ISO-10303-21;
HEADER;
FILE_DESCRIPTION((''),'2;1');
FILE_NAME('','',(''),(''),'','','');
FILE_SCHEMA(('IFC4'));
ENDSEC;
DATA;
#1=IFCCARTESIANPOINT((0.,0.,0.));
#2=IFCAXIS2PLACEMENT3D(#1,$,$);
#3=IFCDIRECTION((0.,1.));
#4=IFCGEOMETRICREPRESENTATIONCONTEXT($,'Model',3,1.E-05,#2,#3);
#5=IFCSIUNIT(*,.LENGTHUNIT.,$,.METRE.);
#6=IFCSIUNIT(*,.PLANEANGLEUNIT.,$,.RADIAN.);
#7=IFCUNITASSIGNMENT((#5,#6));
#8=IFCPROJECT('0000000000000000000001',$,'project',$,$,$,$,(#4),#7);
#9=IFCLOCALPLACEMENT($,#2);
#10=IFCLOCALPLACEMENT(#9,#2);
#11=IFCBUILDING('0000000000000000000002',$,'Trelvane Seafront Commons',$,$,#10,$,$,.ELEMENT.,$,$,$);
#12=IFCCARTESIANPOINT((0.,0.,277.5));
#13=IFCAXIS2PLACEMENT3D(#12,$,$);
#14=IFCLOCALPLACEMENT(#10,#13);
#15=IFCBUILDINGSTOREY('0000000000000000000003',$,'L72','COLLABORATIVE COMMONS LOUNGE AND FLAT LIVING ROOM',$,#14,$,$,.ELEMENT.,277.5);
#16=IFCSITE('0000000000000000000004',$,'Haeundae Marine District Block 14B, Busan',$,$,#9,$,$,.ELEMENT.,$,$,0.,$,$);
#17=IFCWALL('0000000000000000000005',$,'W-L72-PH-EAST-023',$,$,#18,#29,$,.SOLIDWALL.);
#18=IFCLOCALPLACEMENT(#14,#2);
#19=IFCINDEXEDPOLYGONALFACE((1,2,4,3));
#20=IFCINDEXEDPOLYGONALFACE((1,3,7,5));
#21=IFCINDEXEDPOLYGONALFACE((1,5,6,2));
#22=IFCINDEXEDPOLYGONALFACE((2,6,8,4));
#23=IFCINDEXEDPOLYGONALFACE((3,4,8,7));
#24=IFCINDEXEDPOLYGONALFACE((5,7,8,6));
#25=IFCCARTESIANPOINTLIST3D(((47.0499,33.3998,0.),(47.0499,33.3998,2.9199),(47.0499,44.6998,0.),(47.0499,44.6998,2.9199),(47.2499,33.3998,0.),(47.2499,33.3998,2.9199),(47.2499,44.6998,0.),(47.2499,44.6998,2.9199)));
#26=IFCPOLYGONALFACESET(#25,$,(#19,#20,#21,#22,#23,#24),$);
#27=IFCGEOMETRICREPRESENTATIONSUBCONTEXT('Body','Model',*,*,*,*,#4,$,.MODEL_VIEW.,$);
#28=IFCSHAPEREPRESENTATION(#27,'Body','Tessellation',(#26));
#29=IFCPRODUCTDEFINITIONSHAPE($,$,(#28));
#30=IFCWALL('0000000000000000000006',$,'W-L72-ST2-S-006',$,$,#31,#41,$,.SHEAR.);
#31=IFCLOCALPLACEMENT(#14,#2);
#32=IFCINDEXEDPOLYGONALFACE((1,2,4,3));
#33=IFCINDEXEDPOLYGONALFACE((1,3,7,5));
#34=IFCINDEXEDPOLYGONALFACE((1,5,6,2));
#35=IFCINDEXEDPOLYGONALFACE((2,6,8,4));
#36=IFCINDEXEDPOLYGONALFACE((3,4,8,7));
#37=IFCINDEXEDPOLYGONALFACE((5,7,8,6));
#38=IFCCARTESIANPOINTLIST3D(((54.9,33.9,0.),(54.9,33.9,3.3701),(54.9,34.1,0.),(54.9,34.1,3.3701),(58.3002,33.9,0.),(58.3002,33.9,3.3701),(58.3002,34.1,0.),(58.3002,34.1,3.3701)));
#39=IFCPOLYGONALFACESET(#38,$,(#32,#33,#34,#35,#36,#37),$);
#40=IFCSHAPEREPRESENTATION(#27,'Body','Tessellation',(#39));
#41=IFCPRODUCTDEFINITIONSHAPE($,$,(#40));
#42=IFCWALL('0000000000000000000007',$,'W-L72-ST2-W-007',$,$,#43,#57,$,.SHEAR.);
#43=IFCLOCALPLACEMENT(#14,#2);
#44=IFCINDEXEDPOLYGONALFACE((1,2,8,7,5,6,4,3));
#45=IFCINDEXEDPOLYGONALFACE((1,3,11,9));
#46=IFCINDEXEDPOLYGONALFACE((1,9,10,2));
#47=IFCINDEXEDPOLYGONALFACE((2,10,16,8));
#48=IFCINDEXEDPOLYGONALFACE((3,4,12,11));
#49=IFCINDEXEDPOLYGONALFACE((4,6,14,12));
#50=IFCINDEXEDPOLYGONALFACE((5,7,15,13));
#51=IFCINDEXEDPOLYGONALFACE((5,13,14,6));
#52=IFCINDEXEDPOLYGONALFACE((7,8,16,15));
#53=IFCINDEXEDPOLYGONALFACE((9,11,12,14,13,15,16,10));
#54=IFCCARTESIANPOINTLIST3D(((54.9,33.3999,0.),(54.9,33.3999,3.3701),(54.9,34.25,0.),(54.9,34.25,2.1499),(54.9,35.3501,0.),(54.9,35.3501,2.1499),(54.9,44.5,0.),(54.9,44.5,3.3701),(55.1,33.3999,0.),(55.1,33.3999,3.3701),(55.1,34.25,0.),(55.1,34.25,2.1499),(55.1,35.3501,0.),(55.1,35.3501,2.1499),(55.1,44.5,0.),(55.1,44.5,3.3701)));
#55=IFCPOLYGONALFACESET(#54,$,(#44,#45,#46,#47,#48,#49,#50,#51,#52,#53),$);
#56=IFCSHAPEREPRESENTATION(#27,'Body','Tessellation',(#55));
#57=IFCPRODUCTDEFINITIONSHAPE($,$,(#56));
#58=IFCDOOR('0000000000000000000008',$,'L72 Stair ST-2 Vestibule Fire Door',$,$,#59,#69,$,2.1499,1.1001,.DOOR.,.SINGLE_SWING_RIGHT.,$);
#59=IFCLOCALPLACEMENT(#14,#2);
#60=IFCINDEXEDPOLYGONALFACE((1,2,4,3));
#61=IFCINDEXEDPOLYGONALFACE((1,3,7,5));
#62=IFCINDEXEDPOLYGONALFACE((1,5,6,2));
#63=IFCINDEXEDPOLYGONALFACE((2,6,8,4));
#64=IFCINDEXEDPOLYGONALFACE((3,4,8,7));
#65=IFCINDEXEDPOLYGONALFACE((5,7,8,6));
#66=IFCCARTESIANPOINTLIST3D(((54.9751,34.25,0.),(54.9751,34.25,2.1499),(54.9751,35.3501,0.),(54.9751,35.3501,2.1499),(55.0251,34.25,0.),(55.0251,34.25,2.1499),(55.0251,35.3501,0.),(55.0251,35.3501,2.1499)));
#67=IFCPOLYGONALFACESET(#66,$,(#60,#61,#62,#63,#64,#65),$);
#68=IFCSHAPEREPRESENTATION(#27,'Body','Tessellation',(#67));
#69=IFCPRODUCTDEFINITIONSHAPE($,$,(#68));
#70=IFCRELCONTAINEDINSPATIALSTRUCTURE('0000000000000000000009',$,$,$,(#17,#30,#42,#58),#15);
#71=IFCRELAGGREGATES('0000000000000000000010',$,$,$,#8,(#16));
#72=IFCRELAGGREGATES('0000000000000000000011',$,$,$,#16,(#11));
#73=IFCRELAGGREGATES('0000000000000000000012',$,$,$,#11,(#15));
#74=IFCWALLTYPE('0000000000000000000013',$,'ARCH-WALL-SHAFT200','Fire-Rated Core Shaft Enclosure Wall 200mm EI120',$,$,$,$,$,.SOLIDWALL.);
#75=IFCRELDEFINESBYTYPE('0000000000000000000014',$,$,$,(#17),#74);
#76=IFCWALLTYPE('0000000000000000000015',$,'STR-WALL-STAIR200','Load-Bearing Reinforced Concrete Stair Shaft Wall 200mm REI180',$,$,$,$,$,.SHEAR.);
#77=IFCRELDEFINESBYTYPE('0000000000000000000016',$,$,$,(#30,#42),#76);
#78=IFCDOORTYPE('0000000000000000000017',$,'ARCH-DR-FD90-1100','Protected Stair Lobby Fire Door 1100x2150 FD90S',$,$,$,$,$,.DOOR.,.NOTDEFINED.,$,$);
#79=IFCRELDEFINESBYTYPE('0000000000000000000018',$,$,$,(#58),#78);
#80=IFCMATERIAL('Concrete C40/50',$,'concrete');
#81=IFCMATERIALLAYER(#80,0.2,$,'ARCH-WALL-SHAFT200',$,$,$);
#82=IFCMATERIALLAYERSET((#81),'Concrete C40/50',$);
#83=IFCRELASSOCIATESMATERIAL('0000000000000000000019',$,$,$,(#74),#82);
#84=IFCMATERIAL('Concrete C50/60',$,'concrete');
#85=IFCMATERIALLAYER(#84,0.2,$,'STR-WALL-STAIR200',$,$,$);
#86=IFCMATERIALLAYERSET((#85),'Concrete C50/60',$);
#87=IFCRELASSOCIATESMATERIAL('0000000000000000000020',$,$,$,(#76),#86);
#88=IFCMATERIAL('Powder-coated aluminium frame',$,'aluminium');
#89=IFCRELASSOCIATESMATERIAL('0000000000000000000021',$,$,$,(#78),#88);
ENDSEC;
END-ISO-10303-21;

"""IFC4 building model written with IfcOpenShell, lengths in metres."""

from ifc_helpers import new_model, si_unit, direction, frame, frame_2d, origin, place, context, subcontext, project, spatial, rectangle, extrude, source, transform, mapped, material, layer, layer_set, type_object, element, fill, save


model = new_model("IFC4")

# Units and contexts
model_context = context("Model", 3, precision=1e-05, world=origin(), true_north=direction((0.0, 1.0)))
body_context = subcontext(model_context, "Body", "Model", "MODEL_VIEW")
ifc_project = project(units=[si_unit("LENGTHUNIT", "METRE"), si_unit("PLANEANGLEUNIT", "RADIAN")], contexts=[model_context])

# Site, building, storey
site_placement = place(None, origin())
site = spatial("IfcSite", under=ifc_project, at=site_placement, Name="Haeundae Marine District Block 14B, Busan", CompositionType="ELEMENT", RefElevation=0.0)
building_placement = place(site_placement, origin())
building = spatial("IfcBuilding", under=site, at=building_placement, Name="Trelvane Seafront Commons", CompositionType="ELEMENT")
storey_placement = place(building_placement, frame((0.0, 0.0, 277.5)))
storey = spatial("IfcBuildingStorey", under=building, at=storey_placement, Name="L72", Description="COLLABORATIVE COMMONS LOUNGE AND FLAT LIVING ROOM", CompositionType="ELEMENT", Elevation=277.5)

# Shared definitions
ifc_material_1 = material(Name="Concrete C50/60", Category="concrete")

# Shared definitions
ifc_material_2 = material(Name="Concrete C40/50", Category="concrete")
ifc_material_3 = material(Name="Powder-coated aluminium frame", Category="aluminium")

# Walls
ifc_layer_1 = layer(ifc_material_2, 0.2, Name="ARCH-WALL-SHAFT200")
ifc_layer_set_1 = layer_set([ifc_layer_1], Name="Concrete C40/50")
wall_type_1 = type_object("IfcWallType", Name="ARCH-WALL-SHAFT200", Description="Fire-Rated Core Shaft Enclosure Wall 200mm EI120", PredefinedType="SOLIDWALL", material=ifc_layer_set_1)
wall_1_placement = place(storey_placement, frame((47.1499, 33.3999, 0.0), z_axis=(0.0, 0.0, 1.0), x_axis=(0.0, 1.0, 0.0)))
element("IfcWall", 1, at=wall_1_placement, inside=storey, type_object=wall_type_1, Name="W-L72-PH-EAST-023", PredefinedType="SOLIDWALL", context=body_context, shape_type="SweptSolid", body=[
    extrude(rectangle(XDim=11.3, YDim=0.2, at=frame_2d((5.6499, 0.0))), origin(), (0.0, 0.0, 1.0), 2.9199),
])
ifc_layer_2 = layer(ifc_material_1, 0.2, Name="STR-WALL-STAIR200")
ifc_layer_set_2 = layer_set([ifc_layer_2], Name="Concrete C50/60")
wall_type_2 = type_object("IfcWallType", Name="STR-WALL-STAIR200", Description="Load-Bearing Reinforced Concrete Stair Shaft Wall 200mm REI180", PredefinedType="SHEAR", material=ifc_layer_set_2)
wall_2_placement = place(storey_placement, frame((54.8999, 34.0, 0.0), z_axis=(0.0, 0.0, 1.0), x_axis=(1.0, 0.0, 0.0)))
element("IfcWall", 2, at=wall_2_placement, inside=storey, type_object=wall_type_2, Name="W-L72-ST2-S-006", PredefinedType="SHEAR", context=body_context, shape_type="SweptSolid", body=[
    extrude(rectangle(XDim=3.4001, YDim=0.2, at=frame_2d((1.7002, 0.0))), origin(), (0.0, 0.0, 1.0), 3.3701),
])

# Wall, opening, door
wall_3_placement = place(storey_placement, frame((55.0, 33.3999, 0.0), z_axis=(0.0, 0.0, 1.0), x_axis=(0.0, 1.0, 0.0)))
wall_3 = element("IfcWall", 3, at=wall_3_placement, inside=storey, type_object=wall_type_2, Name="W-L72-ST2-W-007", PredefinedType="SHEAR", context=body_context, shape_type="SweptSolid", body=[
    extrude(rectangle(XDim=11.1001, YDim=0.2, at=frame_2d((5.55, 0.0))), origin(), (0.0, 0.0, 1.0), 3.3701),
])
opening_1_placement = place(wall_3_placement, frame((0.8501, 0.0, 0.0)))
opening_1 = element("IfcOpeningElement", 4, at=opening_1_placement, cuts=wall_3, PredefinedType="OPENING", context=body_context, shape_type="SweptSolid", body=[
    extrude(rectangle(XDim=1.1001, YDim=2.1499, at=frame_2d((0.55, 1.075))), frame((0.0, 0.1099, 0.0), z_axis=(0.0, -1.0, 0.0), x_axis=(1.0, 0.0, 0.0)), (0.0, 0.0, 1.0), 0.22),
])
door_type_1 = type_object("IfcDoorType", Name="ARCH-DR-FD90-1100", Description="Protected Stair Lobby Fire Door 1100x2150 FD90S", OperationType="NOTDEFINED", PredefinedType="DOOR", material=ifc_material_3)
shared_shape_1 = source(origin(), body_context, "Body", "SweptSolid", [
    extrude(rectangle(XDim=1.1001, YDim=2.1499, at=frame_2d((0.55, 1.075))), frame((0.0, 0.0249, 0.0), z_axis=(0.0, -1.0, 0.0), x_axis=(1.0, 0.0, 0.0)), (0.0, 0.0, 1.0), 0.05),
])
door_1_placement = place(opening_1_placement, origin())
door_1 = element("IfcDoor", 5, at=door_1_placement, inside=storey, type_object=door_type_1, Name="L72 Stair ST-2 Vestibule Fire Door", OperationType="SINGLE_SWING_RIGHT", OverallHeight=2.1499, OverallWidth=1.1001, PredefinedType="DOOR", context=body_context, shape_type="MappedRepresentation", body=[
    mapped(shared_shape_1, transform((0.0, 0.0, 0.0), x_axis=(1.0, 0.0, 0.0), y_axis=(0.0, 1.0, 0.0), z_axis=(0.0, 0.0, 1.0), scale=1.0)),
])
fill(opening_1, door_1)

save(model, "model.ifc")
